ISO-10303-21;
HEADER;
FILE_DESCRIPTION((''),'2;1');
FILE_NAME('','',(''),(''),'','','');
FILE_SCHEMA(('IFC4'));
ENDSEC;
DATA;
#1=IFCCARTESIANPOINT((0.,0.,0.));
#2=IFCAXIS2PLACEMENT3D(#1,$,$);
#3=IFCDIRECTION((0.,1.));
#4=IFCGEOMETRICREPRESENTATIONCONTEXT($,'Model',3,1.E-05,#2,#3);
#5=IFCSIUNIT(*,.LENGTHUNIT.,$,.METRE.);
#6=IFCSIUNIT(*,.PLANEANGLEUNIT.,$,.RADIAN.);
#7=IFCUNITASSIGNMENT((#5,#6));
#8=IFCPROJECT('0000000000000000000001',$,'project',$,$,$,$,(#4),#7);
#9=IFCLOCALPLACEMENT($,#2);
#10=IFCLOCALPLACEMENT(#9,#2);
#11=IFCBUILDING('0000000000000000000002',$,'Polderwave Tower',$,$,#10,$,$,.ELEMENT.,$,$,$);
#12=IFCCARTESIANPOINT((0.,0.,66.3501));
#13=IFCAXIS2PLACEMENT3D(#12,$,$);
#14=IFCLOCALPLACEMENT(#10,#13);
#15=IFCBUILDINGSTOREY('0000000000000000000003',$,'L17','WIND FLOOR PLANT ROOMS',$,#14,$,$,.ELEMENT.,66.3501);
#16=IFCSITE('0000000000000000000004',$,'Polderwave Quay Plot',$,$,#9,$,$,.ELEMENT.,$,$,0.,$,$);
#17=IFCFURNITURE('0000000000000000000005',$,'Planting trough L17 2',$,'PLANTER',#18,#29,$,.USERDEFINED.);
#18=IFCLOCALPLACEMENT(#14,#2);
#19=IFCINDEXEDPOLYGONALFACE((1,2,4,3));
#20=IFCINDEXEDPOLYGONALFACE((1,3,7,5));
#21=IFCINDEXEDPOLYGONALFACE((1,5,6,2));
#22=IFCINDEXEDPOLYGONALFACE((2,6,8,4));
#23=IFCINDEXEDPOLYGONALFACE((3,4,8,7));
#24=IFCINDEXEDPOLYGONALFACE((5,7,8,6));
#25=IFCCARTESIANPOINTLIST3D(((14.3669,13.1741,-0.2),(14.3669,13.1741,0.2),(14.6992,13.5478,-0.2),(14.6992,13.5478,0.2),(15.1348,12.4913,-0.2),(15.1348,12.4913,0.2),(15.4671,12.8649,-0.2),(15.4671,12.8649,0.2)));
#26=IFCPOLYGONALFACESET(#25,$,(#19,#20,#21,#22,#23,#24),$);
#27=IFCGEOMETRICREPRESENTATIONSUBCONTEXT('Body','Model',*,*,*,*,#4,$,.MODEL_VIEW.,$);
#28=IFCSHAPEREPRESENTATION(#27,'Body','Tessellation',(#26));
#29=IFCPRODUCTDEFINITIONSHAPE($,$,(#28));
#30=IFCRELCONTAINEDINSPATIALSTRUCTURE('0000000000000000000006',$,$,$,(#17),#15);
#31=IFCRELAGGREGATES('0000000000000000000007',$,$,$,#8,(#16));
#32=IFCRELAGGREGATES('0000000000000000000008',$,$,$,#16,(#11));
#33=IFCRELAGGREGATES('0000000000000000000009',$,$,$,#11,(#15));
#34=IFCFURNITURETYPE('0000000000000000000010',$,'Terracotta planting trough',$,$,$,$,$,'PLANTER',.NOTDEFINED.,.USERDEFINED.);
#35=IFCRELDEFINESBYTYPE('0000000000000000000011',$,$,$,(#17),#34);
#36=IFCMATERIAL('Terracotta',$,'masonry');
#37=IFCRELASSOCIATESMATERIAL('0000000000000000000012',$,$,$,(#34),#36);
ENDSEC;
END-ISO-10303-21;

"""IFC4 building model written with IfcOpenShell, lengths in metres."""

from ifc_helpers import new_model, si_unit, direction, frame, origin, origin_2d, place, context, subcontext, project, spatial, rectangle, extrude, material, type_object, element, save


model = new_model("IFC4")

# Units and contexts
model_context = context("Model", 3, precision=1e-05, world=origin(), true_north=direction((0.0, 1.0)))
body_context = subcontext(model_context, "Body", "Model", "MODEL_VIEW")
ifc_project = project(units=[si_unit("LENGTHUNIT", "METRE"), si_unit("PLANEANGLEUNIT", "RADIAN")], contexts=[model_context])

# Site, building, storey
site_placement = place(None, origin())
site = spatial("IfcSite", under=ifc_project, at=site_placement, Name="Polderwave Quay Plot", CompositionType="ELEMENT", RefElevation=0.0)
building_placement = place(site_placement, origin())
building = spatial("IfcBuilding", under=site, at=building_placement, Name="Polderwave Tower", CompositionType="ELEMENT")
storey_placement = place(building_placement, frame((0.0, 0.0, 66.3501)))
storey = spatial("IfcBuildingStorey", under=building, at=storey_placement, Name="L17", Description="WIND FLOOR PLANT ROOMS", CompositionType="ELEMENT", Elevation=66.3501)

# Furniture
ifc_material_1 = material(Name="Terracotta", Category="masonry")
furniture_type = type_object("IfcFurnitureType", Name="Terracotta planting trough", ElementType="PLANTER", AssemblyPlace="NOTDEFINED", PredefinedType="USERDEFINED", material=ifc_material_1)
furniture_placement = place(storey_placement, frame((14.917, 13.0195, -0.2), z_axis=(0.0, 0.0, 1.0), x_axis=(-0.7473, 0.664487, 0.0)))
element("IfcFurniture", 1, at=furniture_placement, inside=storey, type_object=furniture_type, Name="Planting trough L17 2", ObjectType="PLANTER", PredefinedType="USERDEFINED", context=body_context, shape_type="SweptSolid", body=[
    extrude(rectangle(XDim=1.0276, YDim=0.5, at=origin_2d()), origin(), (0.0, 0.0, 1.0), 0.3999),
])

save(model, "model.ifc")
